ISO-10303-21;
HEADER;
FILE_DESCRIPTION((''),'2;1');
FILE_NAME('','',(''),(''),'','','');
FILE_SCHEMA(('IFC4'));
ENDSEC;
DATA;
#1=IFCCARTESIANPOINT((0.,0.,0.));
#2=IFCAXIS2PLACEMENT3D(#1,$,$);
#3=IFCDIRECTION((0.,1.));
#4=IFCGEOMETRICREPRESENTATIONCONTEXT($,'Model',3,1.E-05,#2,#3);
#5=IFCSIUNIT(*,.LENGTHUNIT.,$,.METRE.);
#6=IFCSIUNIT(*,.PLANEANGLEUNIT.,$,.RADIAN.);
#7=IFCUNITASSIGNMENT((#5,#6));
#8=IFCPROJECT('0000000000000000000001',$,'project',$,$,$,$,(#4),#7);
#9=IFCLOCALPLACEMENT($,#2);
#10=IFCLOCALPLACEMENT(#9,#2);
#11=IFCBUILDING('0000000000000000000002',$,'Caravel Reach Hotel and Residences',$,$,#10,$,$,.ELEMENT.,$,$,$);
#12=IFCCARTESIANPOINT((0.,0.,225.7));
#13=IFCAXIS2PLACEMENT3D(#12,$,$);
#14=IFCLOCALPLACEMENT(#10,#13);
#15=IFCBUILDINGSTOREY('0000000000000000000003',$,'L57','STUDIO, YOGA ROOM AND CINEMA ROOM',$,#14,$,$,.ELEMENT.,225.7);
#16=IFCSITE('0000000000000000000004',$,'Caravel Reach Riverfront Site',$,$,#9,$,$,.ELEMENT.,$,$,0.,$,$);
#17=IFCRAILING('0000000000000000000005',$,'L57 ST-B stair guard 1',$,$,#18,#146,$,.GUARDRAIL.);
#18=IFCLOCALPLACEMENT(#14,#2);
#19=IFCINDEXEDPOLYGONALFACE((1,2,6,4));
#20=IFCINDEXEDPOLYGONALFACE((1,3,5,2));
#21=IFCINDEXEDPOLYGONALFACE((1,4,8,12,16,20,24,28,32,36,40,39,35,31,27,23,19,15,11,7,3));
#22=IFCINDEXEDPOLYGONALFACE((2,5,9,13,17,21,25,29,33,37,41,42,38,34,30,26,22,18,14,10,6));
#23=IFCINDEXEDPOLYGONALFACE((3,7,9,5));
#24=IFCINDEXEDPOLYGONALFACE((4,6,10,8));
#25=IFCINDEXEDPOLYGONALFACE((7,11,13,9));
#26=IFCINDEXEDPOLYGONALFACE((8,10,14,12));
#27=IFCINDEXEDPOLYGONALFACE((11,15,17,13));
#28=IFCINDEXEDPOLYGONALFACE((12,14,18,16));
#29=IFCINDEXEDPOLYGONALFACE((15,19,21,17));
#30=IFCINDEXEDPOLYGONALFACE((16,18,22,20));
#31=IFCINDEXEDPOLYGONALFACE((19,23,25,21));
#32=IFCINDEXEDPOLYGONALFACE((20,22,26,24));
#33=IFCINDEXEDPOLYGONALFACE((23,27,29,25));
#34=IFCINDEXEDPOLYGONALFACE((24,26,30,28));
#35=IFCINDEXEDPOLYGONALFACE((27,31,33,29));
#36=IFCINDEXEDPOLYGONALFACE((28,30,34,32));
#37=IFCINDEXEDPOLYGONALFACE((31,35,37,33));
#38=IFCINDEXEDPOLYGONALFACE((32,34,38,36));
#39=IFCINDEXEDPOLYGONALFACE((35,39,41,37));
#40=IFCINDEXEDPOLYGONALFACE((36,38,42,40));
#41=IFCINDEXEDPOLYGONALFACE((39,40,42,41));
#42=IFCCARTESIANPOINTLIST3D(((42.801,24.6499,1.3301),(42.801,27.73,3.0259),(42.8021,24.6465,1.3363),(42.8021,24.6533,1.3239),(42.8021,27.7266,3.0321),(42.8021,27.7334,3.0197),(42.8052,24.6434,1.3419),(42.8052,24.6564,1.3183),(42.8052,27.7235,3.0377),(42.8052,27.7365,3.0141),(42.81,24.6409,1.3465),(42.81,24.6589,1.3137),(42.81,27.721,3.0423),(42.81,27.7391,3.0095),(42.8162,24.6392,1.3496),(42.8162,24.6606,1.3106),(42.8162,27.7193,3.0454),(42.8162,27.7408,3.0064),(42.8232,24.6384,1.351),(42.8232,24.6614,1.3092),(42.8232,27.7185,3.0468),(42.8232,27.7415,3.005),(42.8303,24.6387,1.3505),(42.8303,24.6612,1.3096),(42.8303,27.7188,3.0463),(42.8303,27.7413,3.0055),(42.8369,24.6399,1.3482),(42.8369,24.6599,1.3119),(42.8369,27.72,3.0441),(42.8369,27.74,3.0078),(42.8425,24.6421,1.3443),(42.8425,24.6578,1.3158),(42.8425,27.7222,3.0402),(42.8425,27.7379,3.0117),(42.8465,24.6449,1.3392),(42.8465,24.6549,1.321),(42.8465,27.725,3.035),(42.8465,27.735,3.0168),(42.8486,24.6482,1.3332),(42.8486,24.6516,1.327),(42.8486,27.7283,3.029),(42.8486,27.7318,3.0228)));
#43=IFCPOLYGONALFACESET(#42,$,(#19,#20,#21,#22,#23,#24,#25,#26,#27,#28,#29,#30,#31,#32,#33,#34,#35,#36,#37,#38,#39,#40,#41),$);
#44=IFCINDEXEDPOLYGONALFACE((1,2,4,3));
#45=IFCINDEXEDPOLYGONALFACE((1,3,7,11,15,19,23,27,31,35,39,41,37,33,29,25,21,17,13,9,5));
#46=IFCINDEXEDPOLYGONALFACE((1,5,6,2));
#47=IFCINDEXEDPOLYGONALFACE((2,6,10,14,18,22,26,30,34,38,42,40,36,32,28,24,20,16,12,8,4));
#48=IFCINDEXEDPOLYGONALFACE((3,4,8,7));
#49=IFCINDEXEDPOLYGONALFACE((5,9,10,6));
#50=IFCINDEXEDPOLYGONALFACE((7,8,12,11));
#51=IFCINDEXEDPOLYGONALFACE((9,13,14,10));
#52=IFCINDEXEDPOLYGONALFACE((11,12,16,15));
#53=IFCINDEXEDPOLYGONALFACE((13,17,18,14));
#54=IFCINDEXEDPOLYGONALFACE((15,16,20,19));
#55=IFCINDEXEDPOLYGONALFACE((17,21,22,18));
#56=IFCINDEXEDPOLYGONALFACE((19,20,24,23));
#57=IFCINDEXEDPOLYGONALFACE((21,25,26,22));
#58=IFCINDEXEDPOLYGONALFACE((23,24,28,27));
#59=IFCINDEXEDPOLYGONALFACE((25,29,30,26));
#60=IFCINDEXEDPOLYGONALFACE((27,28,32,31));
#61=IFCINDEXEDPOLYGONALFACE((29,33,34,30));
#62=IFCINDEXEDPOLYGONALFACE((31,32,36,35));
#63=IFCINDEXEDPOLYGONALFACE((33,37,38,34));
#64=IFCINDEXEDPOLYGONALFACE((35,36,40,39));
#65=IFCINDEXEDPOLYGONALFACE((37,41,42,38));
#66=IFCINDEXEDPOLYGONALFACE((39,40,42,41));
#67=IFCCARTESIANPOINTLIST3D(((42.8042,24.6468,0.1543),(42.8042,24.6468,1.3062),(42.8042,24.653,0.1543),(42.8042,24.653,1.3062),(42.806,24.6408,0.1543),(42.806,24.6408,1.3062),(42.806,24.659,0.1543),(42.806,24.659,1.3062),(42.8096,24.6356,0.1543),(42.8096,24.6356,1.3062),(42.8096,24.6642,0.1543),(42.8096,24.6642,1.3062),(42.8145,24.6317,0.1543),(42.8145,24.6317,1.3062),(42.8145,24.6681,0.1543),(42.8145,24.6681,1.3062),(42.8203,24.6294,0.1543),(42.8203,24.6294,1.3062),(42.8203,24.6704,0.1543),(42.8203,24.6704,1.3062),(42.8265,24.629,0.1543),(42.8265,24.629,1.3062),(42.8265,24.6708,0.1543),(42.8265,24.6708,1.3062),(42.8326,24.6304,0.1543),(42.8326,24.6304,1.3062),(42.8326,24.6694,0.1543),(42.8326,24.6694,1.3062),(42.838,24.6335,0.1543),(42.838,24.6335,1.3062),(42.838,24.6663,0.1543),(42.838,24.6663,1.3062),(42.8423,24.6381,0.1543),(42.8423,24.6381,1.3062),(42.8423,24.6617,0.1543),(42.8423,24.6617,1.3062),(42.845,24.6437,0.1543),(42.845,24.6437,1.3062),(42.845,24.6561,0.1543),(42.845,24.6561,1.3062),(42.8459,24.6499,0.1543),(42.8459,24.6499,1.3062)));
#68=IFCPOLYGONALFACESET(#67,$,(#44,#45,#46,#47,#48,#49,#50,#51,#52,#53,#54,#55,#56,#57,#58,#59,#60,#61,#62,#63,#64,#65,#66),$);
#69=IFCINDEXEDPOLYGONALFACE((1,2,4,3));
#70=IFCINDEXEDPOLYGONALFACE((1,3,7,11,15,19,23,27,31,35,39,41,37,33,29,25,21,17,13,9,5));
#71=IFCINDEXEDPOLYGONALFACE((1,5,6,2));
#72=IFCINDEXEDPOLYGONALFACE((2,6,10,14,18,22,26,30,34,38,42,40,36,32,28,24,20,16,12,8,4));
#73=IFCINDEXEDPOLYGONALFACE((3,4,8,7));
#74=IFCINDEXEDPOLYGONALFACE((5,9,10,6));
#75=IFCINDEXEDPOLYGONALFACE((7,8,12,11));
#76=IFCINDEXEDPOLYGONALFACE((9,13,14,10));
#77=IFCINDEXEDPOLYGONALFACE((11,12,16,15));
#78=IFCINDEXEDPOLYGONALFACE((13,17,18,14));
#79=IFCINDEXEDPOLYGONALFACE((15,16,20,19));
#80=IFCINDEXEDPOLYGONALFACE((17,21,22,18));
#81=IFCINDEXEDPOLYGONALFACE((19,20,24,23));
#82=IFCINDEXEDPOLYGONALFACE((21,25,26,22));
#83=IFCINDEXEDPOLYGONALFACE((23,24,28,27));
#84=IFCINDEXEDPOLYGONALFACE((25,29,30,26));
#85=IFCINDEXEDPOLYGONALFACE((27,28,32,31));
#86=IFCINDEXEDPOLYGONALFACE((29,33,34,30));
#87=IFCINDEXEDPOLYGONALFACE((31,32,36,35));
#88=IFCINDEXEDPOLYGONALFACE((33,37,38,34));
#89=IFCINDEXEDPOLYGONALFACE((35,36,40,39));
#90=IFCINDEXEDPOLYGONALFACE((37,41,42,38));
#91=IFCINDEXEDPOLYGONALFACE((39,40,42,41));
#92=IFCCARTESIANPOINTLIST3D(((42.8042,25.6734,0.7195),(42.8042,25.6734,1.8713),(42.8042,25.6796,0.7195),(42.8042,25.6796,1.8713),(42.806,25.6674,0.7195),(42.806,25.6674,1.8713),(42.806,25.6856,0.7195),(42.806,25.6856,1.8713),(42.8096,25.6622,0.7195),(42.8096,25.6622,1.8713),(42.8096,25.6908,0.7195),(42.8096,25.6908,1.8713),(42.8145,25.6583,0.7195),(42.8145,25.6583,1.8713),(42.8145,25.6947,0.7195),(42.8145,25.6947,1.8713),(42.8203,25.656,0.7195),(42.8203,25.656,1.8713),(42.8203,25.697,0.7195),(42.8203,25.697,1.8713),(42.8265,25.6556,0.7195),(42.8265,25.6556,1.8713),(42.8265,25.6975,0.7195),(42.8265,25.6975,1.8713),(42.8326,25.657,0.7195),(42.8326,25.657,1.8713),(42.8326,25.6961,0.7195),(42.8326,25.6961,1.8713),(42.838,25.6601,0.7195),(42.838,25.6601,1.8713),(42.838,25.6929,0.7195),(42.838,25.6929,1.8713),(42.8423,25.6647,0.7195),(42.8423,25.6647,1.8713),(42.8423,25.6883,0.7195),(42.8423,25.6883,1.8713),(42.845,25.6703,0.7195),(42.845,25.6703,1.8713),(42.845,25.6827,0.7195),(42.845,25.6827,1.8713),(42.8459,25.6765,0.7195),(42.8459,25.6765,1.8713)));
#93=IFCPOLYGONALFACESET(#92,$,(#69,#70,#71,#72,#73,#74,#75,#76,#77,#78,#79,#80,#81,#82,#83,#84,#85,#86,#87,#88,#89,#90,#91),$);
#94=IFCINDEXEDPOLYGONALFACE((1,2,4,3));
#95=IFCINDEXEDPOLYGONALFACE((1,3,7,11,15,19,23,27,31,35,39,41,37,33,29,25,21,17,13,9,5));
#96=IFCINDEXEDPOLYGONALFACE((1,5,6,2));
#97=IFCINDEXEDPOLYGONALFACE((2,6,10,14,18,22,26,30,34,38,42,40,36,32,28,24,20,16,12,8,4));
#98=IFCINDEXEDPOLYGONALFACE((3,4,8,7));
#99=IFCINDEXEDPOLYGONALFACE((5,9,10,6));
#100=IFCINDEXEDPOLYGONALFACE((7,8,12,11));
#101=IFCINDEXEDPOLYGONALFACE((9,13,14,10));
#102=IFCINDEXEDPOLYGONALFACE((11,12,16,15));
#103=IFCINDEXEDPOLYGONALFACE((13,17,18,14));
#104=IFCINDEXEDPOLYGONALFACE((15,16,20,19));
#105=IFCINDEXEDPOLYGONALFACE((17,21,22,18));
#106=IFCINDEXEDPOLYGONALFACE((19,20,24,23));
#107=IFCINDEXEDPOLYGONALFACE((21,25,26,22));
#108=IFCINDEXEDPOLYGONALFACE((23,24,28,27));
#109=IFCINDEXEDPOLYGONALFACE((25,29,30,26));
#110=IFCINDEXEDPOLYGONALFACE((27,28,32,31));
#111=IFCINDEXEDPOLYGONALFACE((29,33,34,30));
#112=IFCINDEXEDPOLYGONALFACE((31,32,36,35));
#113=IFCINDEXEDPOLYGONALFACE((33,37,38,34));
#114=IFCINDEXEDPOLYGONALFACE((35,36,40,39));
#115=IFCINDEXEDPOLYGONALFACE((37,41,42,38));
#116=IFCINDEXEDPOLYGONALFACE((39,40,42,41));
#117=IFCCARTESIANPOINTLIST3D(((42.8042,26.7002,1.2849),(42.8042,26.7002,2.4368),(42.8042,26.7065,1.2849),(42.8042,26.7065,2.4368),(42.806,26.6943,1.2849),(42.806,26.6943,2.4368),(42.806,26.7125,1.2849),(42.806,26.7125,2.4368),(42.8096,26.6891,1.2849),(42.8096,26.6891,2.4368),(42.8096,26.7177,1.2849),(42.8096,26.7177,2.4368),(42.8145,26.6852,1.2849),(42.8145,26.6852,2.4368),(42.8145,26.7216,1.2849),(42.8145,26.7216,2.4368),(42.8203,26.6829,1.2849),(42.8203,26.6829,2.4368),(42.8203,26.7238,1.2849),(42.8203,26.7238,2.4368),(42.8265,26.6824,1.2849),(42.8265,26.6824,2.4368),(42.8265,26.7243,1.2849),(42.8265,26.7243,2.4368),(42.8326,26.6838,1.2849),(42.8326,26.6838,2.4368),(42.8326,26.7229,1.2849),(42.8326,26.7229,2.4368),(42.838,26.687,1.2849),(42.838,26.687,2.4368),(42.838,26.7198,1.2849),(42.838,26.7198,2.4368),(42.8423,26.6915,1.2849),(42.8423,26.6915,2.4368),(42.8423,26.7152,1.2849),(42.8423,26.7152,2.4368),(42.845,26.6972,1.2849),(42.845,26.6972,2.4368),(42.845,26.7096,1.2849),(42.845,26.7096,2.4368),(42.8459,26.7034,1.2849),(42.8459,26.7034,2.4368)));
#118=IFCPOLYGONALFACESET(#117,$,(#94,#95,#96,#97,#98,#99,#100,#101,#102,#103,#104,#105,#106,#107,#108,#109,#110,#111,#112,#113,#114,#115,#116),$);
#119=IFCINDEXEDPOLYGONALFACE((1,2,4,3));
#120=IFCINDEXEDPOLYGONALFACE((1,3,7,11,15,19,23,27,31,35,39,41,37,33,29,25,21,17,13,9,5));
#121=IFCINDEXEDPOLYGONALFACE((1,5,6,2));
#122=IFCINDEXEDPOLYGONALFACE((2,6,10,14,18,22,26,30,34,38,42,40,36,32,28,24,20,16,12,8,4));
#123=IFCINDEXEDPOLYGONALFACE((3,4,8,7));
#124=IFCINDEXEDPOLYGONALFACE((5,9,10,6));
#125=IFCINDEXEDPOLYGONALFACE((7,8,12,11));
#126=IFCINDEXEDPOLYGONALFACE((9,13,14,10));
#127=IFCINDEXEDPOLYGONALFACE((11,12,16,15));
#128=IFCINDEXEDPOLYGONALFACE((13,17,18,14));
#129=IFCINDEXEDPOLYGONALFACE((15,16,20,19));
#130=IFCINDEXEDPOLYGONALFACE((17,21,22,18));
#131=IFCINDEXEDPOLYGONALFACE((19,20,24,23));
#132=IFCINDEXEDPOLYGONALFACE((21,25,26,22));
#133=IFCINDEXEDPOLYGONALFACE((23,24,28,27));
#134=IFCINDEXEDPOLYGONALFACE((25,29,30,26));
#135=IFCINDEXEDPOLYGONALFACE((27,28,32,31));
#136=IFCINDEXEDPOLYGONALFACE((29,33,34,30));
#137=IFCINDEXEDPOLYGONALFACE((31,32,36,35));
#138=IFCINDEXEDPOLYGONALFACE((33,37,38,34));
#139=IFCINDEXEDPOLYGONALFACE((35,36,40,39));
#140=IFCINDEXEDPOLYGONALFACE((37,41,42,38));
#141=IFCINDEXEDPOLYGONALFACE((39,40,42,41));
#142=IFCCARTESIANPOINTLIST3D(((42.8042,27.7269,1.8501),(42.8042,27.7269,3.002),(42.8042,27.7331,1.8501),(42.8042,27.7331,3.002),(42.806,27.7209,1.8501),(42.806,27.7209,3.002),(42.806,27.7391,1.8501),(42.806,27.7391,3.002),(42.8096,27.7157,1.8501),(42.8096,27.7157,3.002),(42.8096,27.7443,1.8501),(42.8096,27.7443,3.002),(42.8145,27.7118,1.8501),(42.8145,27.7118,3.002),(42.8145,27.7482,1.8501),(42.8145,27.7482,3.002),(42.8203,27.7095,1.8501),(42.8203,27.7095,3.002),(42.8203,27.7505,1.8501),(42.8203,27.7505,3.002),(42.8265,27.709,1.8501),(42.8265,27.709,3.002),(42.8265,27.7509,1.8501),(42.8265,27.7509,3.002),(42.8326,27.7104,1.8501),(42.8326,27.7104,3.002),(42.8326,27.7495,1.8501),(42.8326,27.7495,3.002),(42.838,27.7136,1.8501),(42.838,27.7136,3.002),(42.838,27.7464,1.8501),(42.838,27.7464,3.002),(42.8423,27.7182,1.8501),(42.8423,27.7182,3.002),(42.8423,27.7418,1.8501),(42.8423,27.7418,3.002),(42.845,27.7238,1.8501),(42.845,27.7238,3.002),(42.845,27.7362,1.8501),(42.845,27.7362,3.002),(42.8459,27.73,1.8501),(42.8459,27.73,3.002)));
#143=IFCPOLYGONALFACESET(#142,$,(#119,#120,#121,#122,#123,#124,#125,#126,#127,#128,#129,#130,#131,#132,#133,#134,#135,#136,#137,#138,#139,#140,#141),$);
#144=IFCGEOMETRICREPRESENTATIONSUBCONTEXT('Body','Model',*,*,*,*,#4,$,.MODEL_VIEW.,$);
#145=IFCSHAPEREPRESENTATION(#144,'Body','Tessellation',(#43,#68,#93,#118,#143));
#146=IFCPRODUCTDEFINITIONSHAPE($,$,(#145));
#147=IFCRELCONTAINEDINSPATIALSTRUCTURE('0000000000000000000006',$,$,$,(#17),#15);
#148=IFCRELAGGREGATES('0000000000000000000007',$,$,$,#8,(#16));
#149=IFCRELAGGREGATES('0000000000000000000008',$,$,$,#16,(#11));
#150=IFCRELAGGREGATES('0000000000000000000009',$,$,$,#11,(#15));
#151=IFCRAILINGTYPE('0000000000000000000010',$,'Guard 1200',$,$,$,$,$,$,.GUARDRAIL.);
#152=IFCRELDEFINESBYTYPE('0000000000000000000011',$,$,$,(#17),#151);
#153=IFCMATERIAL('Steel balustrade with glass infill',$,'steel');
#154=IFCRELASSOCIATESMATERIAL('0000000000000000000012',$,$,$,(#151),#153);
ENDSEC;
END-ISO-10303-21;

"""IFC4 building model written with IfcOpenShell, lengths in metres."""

from ifc_helpers import new_model, si_unit, direction, frame, origin, origin_2d, place, context, subcontext, project, spatial, circle, extrude, material, type_object, element, save


model = new_model("IFC4")

# Units and contexts
model_context = context("Model", 3, precision=1e-05, world=origin(), true_north=direction((0.0, 1.0)))
body_context = subcontext(model_context, "Body", "Model", "MODEL_VIEW")
ifc_project = project(units=[si_unit("LENGTHUNIT", "METRE"), si_unit("PLANEANGLEUNIT", "RADIAN")], contexts=[model_context])

# Site, building, storey
site_placement = place(None, origin())
site = spatial("IfcSite", under=ifc_project, at=site_placement, Name="Caravel Reach Riverfront Site", CompositionType="ELEMENT", RefElevation=0.0)
building_placement = place(site_placement, origin())
building = spatial("IfcBuilding", under=site, at=building_placement, Name="Caravel Reach Hotel and Residences", CompositionType="ELEMENT")
storey_placement = place(building_placement, frame((0.0, 0.0, 225.7)))
storey = spatial("IfcBuildingStorey", under=building, at=storey_placement, Name="L57", Description="STUDIO, YOGA ROOM AND CINEMA ROOM", CompositionType="ELEMENT", Elevation=225.7)

# Railing
ifc_material_1 = material(Name="Steel balustrade with glass infill", Category="steel")
railing_type_1 = type_object("IfcRailingType", Name="Guard 1200", PredefinedType="GUARDRAIL", material=ifc_material_1)
railing_1_placement = place(storey_placement, frame((42.825, 24.6499, 0.1543)))
element("IfcRailing", 1, at=railing_1_placement, inside=storey, type_object=railing_type_1, Name="L57 ST-B stair guard 1", PredefinedType="GUARDRAIL", context=body_context, shape_type="SweptSolid", body=[
    extrude(circle(Radius=0.0239, at=origin_2d()), frame((0.0, 0.0, 1.1758), z_axis=(0.0, 0.876005, 0.482303), x_axis=(-1.0, 0.0, 0.0)), (0.0, 0.0, 1.0), 3.5161),
    extrude(circle(Radius=0.021, at=origin_2d()), origin(), (0.0, 0.0, 1.0), 1.1519),
    extrude(circle(Radius=0.021, at=origin_2d()), frame((0.0, 1.0266, 0.5652)), (0.0, 0.0, 1.0), 1.1519),
    extrude(circle(Radius=0.021, at=origin_2d()), frame((0.0, 2.0535, 1.1306)), (0.0, 0.0, 1.0), 1.1519),
    extrude(circle(Radius=0.021, at=origin_2d()), frame((0.0, 3.0801, 1.6958)), (0.0, 0.0, 1.0), 1.1519),
])

save(model, "model.ifc")
